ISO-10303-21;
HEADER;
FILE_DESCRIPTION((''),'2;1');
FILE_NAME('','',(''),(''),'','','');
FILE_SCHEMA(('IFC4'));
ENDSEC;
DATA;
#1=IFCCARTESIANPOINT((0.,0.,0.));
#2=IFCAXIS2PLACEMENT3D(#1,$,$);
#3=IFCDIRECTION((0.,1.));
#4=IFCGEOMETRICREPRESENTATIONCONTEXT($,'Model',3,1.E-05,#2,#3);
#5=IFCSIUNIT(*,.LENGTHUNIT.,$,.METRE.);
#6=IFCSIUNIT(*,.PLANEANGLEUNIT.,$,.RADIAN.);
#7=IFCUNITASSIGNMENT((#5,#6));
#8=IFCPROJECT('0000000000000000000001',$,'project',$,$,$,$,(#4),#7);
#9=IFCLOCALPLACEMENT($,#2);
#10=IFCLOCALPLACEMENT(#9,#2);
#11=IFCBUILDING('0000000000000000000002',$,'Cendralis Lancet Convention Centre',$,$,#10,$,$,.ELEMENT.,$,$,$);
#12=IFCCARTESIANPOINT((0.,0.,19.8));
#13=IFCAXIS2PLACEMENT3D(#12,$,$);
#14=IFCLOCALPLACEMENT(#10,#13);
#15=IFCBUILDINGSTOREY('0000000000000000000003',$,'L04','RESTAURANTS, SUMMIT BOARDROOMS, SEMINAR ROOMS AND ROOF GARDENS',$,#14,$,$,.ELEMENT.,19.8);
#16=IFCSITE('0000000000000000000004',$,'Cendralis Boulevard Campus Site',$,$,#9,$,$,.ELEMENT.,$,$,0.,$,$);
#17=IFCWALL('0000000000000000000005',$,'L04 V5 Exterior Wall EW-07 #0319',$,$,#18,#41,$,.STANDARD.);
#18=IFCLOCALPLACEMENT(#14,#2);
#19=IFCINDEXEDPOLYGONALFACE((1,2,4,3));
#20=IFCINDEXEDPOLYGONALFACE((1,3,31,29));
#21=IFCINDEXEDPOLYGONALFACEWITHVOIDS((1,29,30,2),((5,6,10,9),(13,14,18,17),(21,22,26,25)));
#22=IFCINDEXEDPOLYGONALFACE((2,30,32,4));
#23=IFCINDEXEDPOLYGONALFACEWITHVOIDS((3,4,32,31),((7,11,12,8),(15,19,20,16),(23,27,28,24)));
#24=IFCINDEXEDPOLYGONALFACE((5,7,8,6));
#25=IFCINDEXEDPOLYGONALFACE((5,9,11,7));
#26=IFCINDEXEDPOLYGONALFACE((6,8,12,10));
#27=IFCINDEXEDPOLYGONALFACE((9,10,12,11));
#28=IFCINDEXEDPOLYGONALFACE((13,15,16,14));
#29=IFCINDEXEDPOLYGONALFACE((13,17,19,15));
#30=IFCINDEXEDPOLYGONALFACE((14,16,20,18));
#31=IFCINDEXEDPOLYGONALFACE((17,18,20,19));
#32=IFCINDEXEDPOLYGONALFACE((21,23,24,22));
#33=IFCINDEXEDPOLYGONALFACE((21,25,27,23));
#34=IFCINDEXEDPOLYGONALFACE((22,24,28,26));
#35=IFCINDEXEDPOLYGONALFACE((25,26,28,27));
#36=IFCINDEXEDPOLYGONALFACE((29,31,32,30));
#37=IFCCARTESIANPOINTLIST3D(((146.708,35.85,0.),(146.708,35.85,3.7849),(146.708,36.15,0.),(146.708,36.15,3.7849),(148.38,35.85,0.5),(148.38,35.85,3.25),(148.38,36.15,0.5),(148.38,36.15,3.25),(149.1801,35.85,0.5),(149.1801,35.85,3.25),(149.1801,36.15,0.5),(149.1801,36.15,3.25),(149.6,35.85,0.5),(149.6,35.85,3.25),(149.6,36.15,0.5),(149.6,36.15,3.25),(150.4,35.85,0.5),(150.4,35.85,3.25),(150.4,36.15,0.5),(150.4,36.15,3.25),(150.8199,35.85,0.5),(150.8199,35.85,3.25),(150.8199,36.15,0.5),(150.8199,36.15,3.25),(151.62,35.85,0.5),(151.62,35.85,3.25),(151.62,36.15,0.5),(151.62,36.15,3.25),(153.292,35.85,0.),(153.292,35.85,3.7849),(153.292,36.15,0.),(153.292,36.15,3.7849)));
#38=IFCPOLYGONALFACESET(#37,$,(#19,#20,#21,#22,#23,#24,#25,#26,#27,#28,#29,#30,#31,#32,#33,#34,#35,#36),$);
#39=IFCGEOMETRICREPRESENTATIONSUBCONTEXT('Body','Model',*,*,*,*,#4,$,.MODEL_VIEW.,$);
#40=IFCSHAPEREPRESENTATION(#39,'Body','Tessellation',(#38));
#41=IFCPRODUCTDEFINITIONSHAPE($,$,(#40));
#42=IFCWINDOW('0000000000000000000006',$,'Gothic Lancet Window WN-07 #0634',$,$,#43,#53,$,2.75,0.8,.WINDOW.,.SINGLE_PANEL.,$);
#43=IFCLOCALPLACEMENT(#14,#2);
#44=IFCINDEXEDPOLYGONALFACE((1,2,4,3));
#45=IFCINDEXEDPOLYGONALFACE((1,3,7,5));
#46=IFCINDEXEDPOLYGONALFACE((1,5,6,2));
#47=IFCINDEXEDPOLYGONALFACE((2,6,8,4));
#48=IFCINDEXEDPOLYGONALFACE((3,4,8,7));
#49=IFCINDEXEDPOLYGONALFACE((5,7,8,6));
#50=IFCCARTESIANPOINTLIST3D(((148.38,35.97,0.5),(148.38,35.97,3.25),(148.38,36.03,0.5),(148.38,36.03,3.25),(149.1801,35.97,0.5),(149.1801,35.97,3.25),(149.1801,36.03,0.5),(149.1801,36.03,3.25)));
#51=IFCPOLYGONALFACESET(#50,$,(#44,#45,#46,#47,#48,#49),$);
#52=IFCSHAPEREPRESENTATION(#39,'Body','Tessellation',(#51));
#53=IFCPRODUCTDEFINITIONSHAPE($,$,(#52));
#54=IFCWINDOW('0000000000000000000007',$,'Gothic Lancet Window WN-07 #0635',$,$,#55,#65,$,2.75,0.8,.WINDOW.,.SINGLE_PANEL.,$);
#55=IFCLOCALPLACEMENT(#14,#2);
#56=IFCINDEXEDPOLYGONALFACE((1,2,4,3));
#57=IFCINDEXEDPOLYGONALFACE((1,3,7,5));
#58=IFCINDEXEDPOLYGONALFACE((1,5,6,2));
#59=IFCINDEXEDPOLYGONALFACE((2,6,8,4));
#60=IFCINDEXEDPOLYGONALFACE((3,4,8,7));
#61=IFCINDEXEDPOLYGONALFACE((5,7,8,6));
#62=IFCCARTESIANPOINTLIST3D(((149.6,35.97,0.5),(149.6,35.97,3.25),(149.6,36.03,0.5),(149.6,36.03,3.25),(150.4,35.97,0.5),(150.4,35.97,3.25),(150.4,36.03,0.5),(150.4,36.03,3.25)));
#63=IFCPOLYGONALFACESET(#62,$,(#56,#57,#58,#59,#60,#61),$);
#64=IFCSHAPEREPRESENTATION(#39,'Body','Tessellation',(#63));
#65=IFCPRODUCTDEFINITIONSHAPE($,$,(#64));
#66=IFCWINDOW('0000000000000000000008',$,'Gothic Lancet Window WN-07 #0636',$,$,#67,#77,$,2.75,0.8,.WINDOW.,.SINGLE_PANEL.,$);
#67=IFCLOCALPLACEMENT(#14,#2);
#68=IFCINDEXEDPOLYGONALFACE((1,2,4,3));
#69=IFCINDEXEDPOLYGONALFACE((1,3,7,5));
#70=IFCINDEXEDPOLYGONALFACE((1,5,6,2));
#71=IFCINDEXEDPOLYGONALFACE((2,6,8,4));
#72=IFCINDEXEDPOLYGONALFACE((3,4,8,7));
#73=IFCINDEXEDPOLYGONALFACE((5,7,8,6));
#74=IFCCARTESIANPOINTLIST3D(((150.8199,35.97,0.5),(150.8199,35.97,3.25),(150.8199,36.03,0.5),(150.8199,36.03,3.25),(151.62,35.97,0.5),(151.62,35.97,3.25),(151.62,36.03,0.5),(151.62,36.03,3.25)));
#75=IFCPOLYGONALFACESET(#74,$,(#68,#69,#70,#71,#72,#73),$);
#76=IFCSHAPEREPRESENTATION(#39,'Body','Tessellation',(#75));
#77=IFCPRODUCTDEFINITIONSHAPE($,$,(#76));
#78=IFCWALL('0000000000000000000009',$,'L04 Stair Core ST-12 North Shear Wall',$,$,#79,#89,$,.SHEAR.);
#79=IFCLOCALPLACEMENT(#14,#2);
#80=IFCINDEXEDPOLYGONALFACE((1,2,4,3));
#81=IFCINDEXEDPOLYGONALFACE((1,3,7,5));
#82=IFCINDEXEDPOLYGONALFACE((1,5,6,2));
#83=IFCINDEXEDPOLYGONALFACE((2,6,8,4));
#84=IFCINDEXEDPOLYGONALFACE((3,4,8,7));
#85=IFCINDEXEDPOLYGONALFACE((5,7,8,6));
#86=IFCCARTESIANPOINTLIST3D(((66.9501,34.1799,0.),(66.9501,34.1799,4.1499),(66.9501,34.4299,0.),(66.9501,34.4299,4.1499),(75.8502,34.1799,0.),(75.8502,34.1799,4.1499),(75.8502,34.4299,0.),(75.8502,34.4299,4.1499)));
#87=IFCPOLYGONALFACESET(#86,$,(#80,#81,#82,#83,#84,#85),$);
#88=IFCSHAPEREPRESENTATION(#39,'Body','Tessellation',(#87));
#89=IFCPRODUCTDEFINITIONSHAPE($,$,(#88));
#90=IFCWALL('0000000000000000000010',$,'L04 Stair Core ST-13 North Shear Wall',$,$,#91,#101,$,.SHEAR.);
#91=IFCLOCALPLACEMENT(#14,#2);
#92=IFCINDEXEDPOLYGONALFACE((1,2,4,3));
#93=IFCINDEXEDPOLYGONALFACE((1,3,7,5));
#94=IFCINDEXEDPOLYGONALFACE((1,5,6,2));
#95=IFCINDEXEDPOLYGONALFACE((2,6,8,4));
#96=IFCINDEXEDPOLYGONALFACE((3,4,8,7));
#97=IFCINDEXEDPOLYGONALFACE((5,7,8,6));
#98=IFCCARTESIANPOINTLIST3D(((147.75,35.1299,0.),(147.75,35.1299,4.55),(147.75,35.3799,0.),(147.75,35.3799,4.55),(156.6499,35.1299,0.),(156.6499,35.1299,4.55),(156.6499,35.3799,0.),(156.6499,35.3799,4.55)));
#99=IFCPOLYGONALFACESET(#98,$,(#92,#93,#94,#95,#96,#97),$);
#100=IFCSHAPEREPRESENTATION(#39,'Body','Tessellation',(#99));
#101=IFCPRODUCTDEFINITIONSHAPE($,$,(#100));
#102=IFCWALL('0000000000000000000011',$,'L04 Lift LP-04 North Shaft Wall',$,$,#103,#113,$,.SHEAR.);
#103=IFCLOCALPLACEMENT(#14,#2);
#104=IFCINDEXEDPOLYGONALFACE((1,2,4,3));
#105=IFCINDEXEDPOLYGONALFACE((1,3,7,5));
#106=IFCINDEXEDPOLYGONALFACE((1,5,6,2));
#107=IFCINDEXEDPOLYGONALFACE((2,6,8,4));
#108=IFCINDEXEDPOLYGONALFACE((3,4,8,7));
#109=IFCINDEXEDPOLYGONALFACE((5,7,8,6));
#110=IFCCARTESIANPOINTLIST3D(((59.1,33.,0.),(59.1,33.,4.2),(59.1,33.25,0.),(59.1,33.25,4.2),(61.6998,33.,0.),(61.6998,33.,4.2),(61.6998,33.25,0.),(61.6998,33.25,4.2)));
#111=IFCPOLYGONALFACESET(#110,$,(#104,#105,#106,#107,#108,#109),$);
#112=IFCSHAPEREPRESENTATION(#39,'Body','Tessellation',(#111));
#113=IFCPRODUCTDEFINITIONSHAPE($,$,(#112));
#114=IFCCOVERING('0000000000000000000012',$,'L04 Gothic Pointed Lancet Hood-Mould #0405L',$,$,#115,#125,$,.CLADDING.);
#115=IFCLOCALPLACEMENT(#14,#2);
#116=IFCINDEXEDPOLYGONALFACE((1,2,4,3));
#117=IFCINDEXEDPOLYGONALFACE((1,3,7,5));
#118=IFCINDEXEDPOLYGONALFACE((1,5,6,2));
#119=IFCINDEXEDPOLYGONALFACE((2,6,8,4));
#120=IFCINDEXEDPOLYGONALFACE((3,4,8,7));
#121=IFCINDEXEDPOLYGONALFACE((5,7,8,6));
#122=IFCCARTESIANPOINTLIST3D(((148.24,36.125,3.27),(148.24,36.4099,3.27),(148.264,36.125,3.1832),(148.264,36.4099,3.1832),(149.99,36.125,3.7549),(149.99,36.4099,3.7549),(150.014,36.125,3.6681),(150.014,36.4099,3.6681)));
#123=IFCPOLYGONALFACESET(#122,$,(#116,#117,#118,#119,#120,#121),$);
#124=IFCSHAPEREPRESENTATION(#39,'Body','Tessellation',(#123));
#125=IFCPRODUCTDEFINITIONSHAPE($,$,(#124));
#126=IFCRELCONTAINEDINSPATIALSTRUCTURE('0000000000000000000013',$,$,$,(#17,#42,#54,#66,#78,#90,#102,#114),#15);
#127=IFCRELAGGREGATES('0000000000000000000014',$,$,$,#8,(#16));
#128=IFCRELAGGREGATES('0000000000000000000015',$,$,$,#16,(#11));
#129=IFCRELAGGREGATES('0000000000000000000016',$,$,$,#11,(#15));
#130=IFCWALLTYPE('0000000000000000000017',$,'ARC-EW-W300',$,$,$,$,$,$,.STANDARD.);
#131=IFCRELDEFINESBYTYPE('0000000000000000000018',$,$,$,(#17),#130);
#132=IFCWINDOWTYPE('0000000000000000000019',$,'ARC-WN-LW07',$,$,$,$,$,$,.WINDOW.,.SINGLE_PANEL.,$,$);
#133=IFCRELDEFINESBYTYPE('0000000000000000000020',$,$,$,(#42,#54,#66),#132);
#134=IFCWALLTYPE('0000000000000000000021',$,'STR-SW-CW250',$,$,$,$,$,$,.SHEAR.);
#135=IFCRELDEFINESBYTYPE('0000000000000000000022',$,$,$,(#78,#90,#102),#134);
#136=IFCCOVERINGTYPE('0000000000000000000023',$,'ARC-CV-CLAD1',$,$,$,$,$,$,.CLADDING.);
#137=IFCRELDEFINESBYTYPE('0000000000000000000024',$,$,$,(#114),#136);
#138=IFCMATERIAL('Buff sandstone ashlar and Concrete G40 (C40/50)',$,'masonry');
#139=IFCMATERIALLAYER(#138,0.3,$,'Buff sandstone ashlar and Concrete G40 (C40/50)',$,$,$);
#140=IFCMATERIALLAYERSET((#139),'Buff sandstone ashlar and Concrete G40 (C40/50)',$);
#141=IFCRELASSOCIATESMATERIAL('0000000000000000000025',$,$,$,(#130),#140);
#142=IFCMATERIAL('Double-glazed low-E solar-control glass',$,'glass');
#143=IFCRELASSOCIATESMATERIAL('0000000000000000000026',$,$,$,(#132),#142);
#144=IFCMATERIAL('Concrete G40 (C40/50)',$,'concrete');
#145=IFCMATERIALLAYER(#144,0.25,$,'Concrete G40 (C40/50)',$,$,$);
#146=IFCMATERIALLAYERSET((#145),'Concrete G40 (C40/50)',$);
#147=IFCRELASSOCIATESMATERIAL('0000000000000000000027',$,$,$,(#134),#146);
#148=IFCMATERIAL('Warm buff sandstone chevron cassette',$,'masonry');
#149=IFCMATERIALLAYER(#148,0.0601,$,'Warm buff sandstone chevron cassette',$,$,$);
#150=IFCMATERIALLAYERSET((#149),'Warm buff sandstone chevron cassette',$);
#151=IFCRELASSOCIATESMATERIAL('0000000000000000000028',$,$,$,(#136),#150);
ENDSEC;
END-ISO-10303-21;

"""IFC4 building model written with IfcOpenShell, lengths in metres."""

from ifc_helpers import new_model, si_unit, direction, frame, frame_2d, origin, place, context, subcontext, project, spatial, polyline, rectangle, outline, extrude, material, layer, layer_set, type_object, element, fill, save


model = new_model("IFC4")

# Units and contexts
model_context = context("Model", 3, precision=1e-05, world=origin(), true_north=direction((0.0, 1.0)))
body_context = subcontext(model_context, "Body", "Model", "MODEL_VIEW")
ifc_project = project(units=[si_unit("LENGTHUNIT", "METRE"), si_unit("PLANEANGLEUNIT", "RADIAN")], contexts=[model_context])

# Site, building, storey
site_placement = place(None, origin())
site = spatial("IfcSite", under=ifc_project, at=site_placement, Name="Cendralis Boulevard Campus Site", CompositionType="ELEMENT", RefElevation=0.0)
building_placement = place(site_placement, origin())
building = spatial("IfcBuilding", under=site, at=building_placement, Name="Cendralis Lancet Convention Centre", CompositionType="ELEMENT")
storey_placement = place(building_placement, frame((0.0, 0.0, 19.8)))
storey = spatial("IfcBuildingStorey", under=building, at=storey_placement, Name="L04", Description="RESTAURANTS, SUMMIT BOARDROOMS, SEMINAR ROOMS AND ROOF GARDENS", CompositionType="ELEMENT", Elevation=19.8)

# Shared definitions
ifc_material_1 = material(Name="Concrete G40 (C40/50)", Category="concrete")

# Shared definitions
ifc_material_2 = material(Name="Buff sandstone ashlar and Concrete G40 (C40/50)", Category="masonry")
ifc_layer_1 = layer(ifc_material_2, 0.3, Name="Buff sandstone ashlar and Concrete G40 (C40/50)")
ifc_layer_set_1 = layer_set([ifc_layer_1], Name="Buff sandstone ashlar and Concrete G40 (C40/50)")
wall_type_1 = type_object("IfcWallType", Name="ARC-EW-W300", PredefinedType="STANDARD", material=ifc_layer_set_1)

# Wall, openings, windows
wall_1_placement = place(storey_placement, frame((146.708, 36.0, 0.0), z_axis=(0.0, 0.0, 1.0), x_axis=(1.0, 0.0, 0.0)))
wall_1 = element("IfcWall", 1, at=wall_1_placement, inside=storey, type_object=wall_type_1, Name="L04 V5 Exterior Wall EW-07 #0319", PredefinedType="STANDARD", context=body_context, shape_type="SweptSolid", body=[
    extrude(rectangle(XDim=6.584, YDim=0.3, at=frame_2d((3.292, 0.0))), origin(), (0.0, 0.0, 1.0), 3.7849),
])
opening_1_placement = place(wall_1_placement, frame((1.6721, 0.0, 0.5)))
opening_1 = element("IfcOpeningElement", 2, at=opening_1_placement, cuts=wall_1, PredefinedType="OPENING", context=body_context, shape_type="SweptSolid", body=[
    extrude(rectangle(XDim=0.8, YDim=2.75, at=frame_2d((0.3999, 1.375))), frame((0.0, 0.1599, 0.0), z_axis=(0.0, -1.0, 0.0), x_axis=(1.0, 0.0, 0.0)), (0.0, 0.0, 1.0), 0.3201),
])
opening_2_placement = place(wall_1_placement, frame((2.8921, 0.0, 0.5)))
opening_2 = element("IfcOpeningElement", 3, at=opening_2_placement, cuts=wall_1, PredefinedType="OPENING", context=body_context, shape_type="SweptSolid", body=[
    extrude(rectangle(XDim=0.8, YDim=2.75, at=frame_2d((0.3999, 1.375))), frame((0.0, 0.1599, 0.0), z_axis=(0.0, -1.0, 0.0), x_axis=(1.0, 0.0, 0.0)), (0.0, 0.0, 1.0), 0.3201),
])
opening_3_placement = place(wall_1_placement, frame((4.1121, 0.0, 0.5)))
opening_3 = element("IfcOpeningElement", 4, at=opening_3_placement, cuts=wall_1, PredefinedType="OPENING", context=body_context, shape_type="SweptSolid", body=[
    extrude(rectangle(XDim=0.8, YDim=2.75, at=frame_2d((0.3999, 1.375))), frame((0.0, 0.1599, 0.0), z_axis=(0.0, -1.0, 0.0), x_axis=(1.0, 0.0, 0.0)), (0.0, 0.0, 1.0), 0.3201),
])
ifc_material_3 = material(Name="Double-glazed low-E solar-control glass", Category="glass")
window_type = type_object("IfcWindowType", Name="ARC-WN-LW07", PartitioningType="SINGLE_PANEL", PredefinedType="WINDOW", material=ifc_material_3)
window_1_placement = place(opening_1_placement, origin())
window_1 = element("IfcWindow", 5, at=window_1_placement, inside=storey, type_object=window_type, Name="Gothic Lancet Window WN-07 #0634", OverallHeight=2.75, OverallWidth=0.8, PartitioningType="SINGLE_PANEL", PredefinedType="WINDOW", context=body_context, shape_type="SweptSolid", body=[
    extrude(rectangle(XDim=0.8, YDim=2.75, at=frame_2d((0.3999, 1.375))), frame((0.0, 0.03, 0.0), z_axis=(0.0, -1.0, 0.0), x_axis=(1.0, 0.0, 0.0)), (0.0, 0.0, 1.0), 0.0601),
])
fill(opening_1, window_1)
window_2_placement = place(opening_2_placement, origin())
window_2 = element("IfcWindow", 6, at=window_2_placement, inside=storey, type_object=window_type, Name="Gothic Lancet Window WN-07 #0635", OverallHeight=2.75, OverallWidth=0.8, PartitioningType="SINGLE_PANEL", PredefinedType="WINDOW", context=body_context, shape_type="SweptSolid", body=[
    extrude(rectangle(XDim=0.8, YDim=2.75, at=frame_2d((0.3999, 1.375))), frame((0.0, 0.03, 0.0), z_axis=(0.0, -1.0, 0.0), x_axis=(1.0, 0.0, 0.0)), (0.0, 0.0, 1.0), 0.0601),
])
fill(opening_2, window_2)
window_3_placement = place(opening_3_placement, origin())
window_3 = element("IfcWindow", 7, at=window_3_placement, inside=storey, type_object=window_type, Name="Gothic Lancet Window WN-07 #0636", OverallHeight=2.75, OverallWidth=0.8, PartitioningType="SINGLE_PANEL", PredefinedType="WINDOW", context=body_context, shape_type="SweptSolid", body=[
    extrude(rectangle(XDim=0.8, YDim=2.75, at=frame_2d((0.3999, 1.375))), frame((0.0, 0.03, 0.0), z_axis=(0.0, -1.0, 0.0), x_axis=(1.0, 0.0, 0.0)), (0.0, 0.0, 1.0), 0.0601),
])
fill(opening_3, window_3)

# Walls
ifc_layer_2 = layer(ifc_material_1, 0.25, Name="Concrete G40 (C40/50)")
ifc_layer_set_2 = layer_set([ifc_layer_2], Name="Concrete G40 (C40/50)")
wall_type_2 = type_object("IfcWallType", Name="STR-SW-CW250", PredefinedType="SHEAR", material=ifc_layer_set_2)
wall_2_placement = place(storey_placement, frame((66.95, 34.3049, 0.0), z_axis=(0.0, 0.0, 1.0), x_axis=(1.0, 0.0, 0.0)))
element("IfcWall", 8, at=wall_2_placement, inside=storey, type_object=wall_type_2, Name="L04 Stair Core ST-12 North Shear Wall", PredefinedType="SHEAR", context=body_context, shape_type="SweptSolid", body=[
    extrude(rectangle(XDim=8.9001, YDim=0.25, at=frame_2d((4.4502, 0.0))), origin(), (0.0, 0.0, 1.0), 4.1499),
])
wall_3_placement = place(storey_placement, frame((147.75, 35.2549, 0.0), z_axis=(0.0, 0.0, 1.0), x_axis=(1.0, 0.0, 0.0)))
element("IfcWall", 9, at=wall_3_placement, inside=storey, type_object=wall_type_2, Name="L04 Stair Core ST-13 North Shear Wall", PredefinedType="SHEAR", context=body_context, shape_type="SweptSolid", body=[
    extrude(rectangle(XDim=8.8999, YDim=0.25, at=frame_2d((4.45, 0.0))), origin(), (0.0, 0.0, 1.0), 4.55),
])
wall_4_placement = place(storey_placement, frame((59.1001, 33.125, 0.0), z_axis=(0.0, 0.0, 1.0), x_axis=(1.0, 0.0, 0.0)))
element("IfcWall", 10, at=wall_4_placement, inside=storey, type_object=wall_type_2, Name="L04 Lift LP-04 North Shaft Wall", PredefinedType="SHEAR", context=body_context, shape_type="SweptSolid", body=[
    extrude(rectangle(XDim=2.5999, YDim=0.25, at=frame_2d((1.2998, 0.0))), origin(), (0.0, 0.0, 1.0), 4.2),
])

# Covering
ifc_material_4 = material(Name="Warm buff sandstone chevron cassette", Category="masonry")
ifc_layer_3 = layer(ifc_material_4, 0.0601, Name="Warm buff sandstone chevron cassette")
ifc_layer_set_3 = layer_set([ifc_layer_3], Name="Warm buff sandstone chevron cassette")
covering_type = type_object("IfcCoveringType", Name="ARC-CV-CLAD1", PredefinedType="CLADDING", material=ifc_layer_set_3)
covering_placement = place(storey_placement, frame((148.24, 36.4099, 3.27), z_axis=(-0.267006, 0.0, 0.963695), x_axis=(0.0, -1.0, 0.0)))
element("IfcCovering", 11, at=covering_placement, inside=storey, type_object=covering_type, Name="L04 Gothic Pointed Lancet Hood-Mould #0405L", PredefinedType="CLADDING", context=body_context, shape_type="SweptSolid", body=[
    extrude(outline(polyline([(0.0, 0.0), (0.2849, 0.0), (0.2849, 1.8159), (0.0, 1.8159), (0.0, 0.0)])), origin(), (0.0, 0.0, -1.0), 0.0901),
])

save(model, "model.ifc")
